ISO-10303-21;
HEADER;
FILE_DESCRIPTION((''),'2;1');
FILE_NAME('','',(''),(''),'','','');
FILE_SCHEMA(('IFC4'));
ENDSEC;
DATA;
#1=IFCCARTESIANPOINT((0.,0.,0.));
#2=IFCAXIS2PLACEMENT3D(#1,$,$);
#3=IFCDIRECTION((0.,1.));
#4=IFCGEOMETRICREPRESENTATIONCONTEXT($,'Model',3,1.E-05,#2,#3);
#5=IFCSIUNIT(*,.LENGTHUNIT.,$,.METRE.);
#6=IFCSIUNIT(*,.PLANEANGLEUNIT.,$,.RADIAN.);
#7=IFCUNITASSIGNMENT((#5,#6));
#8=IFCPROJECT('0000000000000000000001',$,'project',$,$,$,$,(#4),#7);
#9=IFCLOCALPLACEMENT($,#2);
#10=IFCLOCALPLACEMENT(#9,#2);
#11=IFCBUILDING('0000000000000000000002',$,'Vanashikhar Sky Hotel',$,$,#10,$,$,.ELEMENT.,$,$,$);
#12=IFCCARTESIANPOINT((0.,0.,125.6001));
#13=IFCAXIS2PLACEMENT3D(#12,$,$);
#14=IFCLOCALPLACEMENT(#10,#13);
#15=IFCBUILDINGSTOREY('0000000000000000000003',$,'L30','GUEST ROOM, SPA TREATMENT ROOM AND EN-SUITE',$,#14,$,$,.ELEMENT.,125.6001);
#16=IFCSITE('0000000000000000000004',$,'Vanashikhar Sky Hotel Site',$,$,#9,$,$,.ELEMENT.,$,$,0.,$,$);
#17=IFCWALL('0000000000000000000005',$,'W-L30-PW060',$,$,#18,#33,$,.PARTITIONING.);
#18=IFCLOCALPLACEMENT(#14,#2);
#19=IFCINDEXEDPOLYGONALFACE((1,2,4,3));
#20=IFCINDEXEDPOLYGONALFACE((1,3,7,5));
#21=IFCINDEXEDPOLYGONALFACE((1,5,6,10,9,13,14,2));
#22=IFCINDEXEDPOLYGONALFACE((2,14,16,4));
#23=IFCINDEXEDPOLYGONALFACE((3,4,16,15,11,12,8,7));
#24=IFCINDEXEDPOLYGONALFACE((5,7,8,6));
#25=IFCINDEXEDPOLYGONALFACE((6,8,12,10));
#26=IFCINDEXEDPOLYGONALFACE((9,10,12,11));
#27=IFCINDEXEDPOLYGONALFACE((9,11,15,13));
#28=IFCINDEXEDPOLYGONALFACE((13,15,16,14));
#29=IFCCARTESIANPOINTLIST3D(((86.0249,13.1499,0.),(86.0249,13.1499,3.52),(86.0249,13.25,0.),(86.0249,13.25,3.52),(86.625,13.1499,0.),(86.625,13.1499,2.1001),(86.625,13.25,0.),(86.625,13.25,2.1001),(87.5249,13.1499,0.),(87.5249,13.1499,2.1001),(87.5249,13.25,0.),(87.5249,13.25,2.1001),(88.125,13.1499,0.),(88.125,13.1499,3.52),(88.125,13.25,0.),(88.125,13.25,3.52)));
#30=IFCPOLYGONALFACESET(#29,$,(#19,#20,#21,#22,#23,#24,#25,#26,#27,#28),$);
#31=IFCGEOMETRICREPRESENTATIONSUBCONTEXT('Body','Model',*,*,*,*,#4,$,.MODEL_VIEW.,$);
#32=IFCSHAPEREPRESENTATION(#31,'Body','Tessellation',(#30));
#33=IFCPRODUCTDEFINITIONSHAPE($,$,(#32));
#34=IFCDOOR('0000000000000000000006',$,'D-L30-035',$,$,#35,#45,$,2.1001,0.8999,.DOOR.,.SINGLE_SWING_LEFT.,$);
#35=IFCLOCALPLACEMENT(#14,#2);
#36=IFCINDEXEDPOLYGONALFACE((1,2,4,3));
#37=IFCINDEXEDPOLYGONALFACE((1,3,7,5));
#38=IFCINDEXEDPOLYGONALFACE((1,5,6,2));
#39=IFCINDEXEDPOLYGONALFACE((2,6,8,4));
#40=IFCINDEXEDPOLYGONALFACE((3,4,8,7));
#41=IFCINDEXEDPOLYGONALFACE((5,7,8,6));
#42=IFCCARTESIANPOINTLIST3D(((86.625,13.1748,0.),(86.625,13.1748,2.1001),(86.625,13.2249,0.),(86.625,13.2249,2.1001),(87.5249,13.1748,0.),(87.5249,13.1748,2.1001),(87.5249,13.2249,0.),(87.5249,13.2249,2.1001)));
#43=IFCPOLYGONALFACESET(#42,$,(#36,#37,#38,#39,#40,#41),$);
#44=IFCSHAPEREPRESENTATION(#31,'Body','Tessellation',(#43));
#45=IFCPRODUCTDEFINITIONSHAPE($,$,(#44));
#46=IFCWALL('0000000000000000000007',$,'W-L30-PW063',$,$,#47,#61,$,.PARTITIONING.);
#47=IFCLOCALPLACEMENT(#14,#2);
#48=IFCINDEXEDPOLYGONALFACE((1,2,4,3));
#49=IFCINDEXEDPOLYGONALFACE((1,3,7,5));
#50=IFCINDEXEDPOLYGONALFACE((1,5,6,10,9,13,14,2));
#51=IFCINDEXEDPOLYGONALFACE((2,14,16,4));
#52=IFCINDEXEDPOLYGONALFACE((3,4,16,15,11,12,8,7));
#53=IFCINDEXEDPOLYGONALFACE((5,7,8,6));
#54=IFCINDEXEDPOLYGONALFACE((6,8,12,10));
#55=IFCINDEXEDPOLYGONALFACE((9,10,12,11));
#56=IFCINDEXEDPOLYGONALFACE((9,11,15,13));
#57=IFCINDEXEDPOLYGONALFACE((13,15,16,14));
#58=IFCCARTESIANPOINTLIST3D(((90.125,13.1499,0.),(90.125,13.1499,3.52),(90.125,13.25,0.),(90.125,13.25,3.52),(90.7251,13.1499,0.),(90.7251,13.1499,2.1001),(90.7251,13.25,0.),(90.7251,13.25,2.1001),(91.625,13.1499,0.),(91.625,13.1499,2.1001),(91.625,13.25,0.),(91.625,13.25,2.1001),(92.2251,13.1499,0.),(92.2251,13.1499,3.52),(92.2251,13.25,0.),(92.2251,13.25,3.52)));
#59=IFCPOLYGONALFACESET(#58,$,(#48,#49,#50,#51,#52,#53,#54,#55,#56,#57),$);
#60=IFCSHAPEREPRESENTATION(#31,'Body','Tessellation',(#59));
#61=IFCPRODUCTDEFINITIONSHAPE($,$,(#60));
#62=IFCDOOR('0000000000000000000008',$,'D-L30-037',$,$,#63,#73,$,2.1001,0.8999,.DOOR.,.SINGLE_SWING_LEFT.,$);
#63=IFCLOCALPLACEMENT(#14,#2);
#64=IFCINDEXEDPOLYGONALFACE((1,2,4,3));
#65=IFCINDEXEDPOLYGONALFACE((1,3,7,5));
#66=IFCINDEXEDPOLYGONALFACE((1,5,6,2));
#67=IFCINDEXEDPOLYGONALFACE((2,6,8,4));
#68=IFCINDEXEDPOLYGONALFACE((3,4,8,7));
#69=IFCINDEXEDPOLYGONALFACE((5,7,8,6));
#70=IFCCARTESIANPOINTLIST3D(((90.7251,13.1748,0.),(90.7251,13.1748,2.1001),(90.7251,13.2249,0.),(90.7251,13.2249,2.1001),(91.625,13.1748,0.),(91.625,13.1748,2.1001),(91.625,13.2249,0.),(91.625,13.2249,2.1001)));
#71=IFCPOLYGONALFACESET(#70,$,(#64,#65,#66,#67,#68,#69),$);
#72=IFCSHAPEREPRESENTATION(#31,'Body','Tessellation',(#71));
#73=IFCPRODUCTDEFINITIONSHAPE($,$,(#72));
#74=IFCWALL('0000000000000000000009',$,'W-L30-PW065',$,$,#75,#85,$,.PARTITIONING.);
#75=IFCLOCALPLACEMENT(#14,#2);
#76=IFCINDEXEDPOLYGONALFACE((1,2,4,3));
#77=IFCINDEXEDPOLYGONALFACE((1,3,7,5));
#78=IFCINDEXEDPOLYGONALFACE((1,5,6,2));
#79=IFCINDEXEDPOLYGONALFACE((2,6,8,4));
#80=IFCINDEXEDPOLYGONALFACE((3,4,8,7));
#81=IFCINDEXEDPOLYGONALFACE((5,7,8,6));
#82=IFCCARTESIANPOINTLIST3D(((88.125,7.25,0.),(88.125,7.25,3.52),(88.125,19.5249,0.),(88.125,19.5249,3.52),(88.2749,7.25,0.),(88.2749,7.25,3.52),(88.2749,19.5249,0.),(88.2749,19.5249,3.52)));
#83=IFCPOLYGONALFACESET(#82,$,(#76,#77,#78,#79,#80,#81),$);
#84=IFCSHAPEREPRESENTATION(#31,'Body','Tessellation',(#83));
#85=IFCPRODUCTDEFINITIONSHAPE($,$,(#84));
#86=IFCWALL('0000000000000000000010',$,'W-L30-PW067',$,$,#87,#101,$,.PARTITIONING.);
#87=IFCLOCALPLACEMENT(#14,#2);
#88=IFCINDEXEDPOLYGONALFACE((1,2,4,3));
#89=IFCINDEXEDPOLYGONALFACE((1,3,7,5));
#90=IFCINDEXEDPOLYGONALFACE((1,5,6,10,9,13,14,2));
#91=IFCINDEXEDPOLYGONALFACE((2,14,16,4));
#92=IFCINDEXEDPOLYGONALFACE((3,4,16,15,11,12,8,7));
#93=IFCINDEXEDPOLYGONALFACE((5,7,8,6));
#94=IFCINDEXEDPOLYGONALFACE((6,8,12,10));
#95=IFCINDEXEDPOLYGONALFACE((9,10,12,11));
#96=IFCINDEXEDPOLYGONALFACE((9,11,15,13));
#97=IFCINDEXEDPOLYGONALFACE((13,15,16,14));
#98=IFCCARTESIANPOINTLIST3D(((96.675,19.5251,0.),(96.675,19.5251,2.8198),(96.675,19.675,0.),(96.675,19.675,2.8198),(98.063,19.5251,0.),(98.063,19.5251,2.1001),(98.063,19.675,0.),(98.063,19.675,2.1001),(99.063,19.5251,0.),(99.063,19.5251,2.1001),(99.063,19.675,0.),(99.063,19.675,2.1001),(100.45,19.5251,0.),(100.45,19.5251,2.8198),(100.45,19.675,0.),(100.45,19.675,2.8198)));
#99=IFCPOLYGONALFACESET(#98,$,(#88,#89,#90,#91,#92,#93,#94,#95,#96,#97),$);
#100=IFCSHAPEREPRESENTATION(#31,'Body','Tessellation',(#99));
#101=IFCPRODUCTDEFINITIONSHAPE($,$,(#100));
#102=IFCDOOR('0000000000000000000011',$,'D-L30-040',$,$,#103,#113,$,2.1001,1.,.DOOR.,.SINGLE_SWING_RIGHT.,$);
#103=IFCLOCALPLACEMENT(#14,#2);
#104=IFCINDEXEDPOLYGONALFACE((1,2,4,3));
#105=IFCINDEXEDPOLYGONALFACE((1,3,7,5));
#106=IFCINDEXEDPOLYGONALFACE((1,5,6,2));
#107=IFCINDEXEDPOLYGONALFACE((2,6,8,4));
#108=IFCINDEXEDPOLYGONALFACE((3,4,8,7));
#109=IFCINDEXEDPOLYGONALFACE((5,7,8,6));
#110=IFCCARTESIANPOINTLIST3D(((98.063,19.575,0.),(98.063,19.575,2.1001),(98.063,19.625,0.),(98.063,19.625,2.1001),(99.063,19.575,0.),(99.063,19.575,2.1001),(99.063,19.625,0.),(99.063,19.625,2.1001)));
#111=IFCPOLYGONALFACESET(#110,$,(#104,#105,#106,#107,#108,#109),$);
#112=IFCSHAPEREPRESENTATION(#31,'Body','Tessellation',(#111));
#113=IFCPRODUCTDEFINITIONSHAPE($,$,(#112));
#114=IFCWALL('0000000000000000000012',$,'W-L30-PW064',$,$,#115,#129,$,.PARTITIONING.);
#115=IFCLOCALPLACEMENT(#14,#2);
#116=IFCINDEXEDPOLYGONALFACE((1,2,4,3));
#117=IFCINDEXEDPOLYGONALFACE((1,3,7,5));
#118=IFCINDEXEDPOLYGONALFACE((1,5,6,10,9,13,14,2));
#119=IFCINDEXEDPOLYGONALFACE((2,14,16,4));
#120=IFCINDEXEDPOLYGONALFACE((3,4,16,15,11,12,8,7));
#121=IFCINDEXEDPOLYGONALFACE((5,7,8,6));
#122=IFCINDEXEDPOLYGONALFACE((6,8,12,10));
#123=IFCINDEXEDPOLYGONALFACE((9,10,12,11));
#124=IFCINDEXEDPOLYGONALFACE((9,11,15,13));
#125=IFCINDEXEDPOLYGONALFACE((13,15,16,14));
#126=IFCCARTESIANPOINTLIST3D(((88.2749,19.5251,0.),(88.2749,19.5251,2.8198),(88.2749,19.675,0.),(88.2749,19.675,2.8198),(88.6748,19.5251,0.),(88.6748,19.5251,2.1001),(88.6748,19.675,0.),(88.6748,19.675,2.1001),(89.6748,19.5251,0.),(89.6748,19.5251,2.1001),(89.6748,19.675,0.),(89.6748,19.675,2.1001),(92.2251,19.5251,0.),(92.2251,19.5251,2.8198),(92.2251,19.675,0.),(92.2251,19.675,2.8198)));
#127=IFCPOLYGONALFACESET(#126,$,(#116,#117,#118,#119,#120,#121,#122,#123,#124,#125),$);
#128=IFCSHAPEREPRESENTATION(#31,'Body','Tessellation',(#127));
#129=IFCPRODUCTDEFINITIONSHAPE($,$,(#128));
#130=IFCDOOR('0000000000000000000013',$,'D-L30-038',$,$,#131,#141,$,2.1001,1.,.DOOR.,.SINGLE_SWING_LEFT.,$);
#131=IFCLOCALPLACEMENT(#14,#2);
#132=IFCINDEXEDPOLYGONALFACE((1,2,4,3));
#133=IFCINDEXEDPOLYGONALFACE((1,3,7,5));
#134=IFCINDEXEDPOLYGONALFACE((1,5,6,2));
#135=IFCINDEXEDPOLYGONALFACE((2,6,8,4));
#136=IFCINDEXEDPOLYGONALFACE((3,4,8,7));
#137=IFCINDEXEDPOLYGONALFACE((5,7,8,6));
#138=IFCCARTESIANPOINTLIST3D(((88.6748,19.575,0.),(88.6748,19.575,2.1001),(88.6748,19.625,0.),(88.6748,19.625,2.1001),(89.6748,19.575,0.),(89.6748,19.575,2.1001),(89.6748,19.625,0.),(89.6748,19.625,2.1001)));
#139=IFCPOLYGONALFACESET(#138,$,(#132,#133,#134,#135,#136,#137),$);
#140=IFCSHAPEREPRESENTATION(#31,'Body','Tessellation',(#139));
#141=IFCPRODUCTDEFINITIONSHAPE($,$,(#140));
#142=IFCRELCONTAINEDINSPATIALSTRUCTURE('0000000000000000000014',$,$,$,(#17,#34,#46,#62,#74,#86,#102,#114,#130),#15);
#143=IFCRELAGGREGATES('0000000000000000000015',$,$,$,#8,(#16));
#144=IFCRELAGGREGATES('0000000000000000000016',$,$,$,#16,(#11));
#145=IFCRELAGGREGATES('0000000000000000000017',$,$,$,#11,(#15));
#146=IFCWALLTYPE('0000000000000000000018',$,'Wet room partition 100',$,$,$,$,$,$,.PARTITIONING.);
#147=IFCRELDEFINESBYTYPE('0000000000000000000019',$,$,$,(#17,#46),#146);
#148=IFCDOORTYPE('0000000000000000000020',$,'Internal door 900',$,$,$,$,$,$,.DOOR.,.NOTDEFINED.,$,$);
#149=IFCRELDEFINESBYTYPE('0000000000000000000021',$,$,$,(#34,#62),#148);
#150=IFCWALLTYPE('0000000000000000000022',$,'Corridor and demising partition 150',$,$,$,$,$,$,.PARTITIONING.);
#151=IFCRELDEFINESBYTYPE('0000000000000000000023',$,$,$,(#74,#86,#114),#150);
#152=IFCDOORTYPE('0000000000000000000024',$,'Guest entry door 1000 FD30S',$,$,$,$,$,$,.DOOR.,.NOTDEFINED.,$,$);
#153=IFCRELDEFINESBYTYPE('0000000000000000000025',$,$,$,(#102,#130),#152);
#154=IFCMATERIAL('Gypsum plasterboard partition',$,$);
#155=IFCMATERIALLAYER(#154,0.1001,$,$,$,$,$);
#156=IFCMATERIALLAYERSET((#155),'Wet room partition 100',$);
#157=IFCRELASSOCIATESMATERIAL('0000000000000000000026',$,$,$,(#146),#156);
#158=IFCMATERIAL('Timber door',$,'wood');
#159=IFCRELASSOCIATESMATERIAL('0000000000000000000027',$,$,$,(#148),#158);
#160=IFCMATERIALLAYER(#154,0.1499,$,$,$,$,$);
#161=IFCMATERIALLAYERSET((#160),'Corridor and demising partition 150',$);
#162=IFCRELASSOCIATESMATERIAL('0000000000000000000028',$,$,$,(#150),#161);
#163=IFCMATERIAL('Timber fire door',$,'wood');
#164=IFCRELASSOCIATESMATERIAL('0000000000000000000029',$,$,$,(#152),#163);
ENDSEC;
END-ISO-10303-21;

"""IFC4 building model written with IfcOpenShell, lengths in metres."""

from ifc_helpers import new_model, si_unit, direction, frame, frame_2d, origin, place, context, subcontext, project, spatial, rectangle, extrude, source, transform, mapped, material, layer, layer_set, type_object, element, fill, save


model = new_model("IFC4")

# Units and contexts
model_context = context("Model", 3, precision=1e-05, world=origin(), true_north=direction((0.0, 1.0)))
body_context = subcontext(model_context, "Body", "Model", "MODEL_VIEW")
ifc_project = project(units=[si_unit("LENGTHUNIT", "METRE"), si_unit("PLANEANGLEUNIT", "RADIAN")], contexts=[model_context])

# Site, building, storey
site_placement = place(None, origin())
site = spatial("IfcSite", under=ifc_project, at=site_placement, Name="Vanashikhar Sky Hotel Site", CompositionType="ELEMENT", RefElevation=0.0)
building_placement = place(site_placement, origin())
building = spatial("IfcBuilding", under=site, at=building_placement, Name="Vanashikhar Sky Hotel", CompositionType="ELEMENT")
storey_placement = place(building_placement, frame((0.0, 0.0, 125.6001)))
storey = spatial("IfcBuildingStorey", under=building, at=storey_placement, Name="L30", Description="GUEST ROOM, SPA TREATMENT ROOM AND EN-SUITE", CompositionType="ELEMENT", Elevation=125.6001)

# Shared definitions
ifc_material_1 = material(Name="Gypsum plasterboard partition")
ifc_layer_1 = layer(ifc_material_1, 0.1001)
ifc_layer_set_1 = layer_set([ifc_layer_1], Name="Wet room partition 100")
wall_type_1 = type_object("IfcWallType", Name="Wet room partition 100", PredefinedType="PARTITIONING", material=ifc_layer_set_1)

# Walls, openings, doors
shared_shape_1 = source(origin(), body_context, "Body", "SweptSolid", [
    extrude(rectangle(XDim=2.1001, YDim=0.1001, at=frame_2d((1.05, 0.0))), origin(), (0.0, 0.0, 1.0), 3.52),
])
wall_1_placement = place(storey_placement, frame((86.0249, 13.2, 0.0), z_axis=(0.0, 0.0, 1.0), x_axis=(1.0, 0.0, 0.0)))
wall_1 = element("IfcWall", 1, at=wall_1_placement, inside=storey, type_object=wall_type_1, Name="W-L30-PW060", PredefinedType="PARTITIONING", context=body_context, shape_type="MappedRepresentation", body=[
    mapped(shared_shape_1, transform((0.0, 0.0, 0.0), scale=1.0)),
])
shared_shape_2 = source(origin(), body_context, "Body", "SweptSolid", [
    extrude(rectangle(XDim=0.8999, YDim=2.1001, at=frame_2d((0.45, 1.05))), frame((0.0, 0.0601, 0.0), z_axis=(0.0, -1.0, 0.0), x_axis=(1.0, 0.0, 0.0)), (0.0, 0.0, 1.0), 0.1201),
])
opening_1_placement = place(wall_1_placement, frame((0.6001, 0.0, 0.0)))
opening_1 = element("IfcOpeningElement", 2, at=opening_1_placement, cuts=wall_1, PredefinedType="OPENING", context=body_context, shape_type="MappedRepresentation", body=[
    mapped(shared_shape_2, transform((0.0, 0.0, 0.0), scale=1.0)),
])
ifc_material_2 = material(Name="Timber door", Category="wood")
door_type_1 = type_object("IfcDoorType", Name="Internal door 900", OperationType="NOTDEFINED", PredefinedType="DOOR", material=ifc_material_2)
shared_shape_3 = source(origin(), body_context, "Body", "SweptSolid", [
    extrude(rectangle(XDim=0.8999, YDim=2.1001, at=frame_2d((0.45, 1.05))), frame((0.0, 0.0249, 0.0), z_axis=(0.0, -1.0, 0.0), x_axis=(1.0, 0.0, 0.0)), (0.0, 0.0, 1.0), 0.05),
])
door_1_placement = place(opening_1_placement, origin())
door_1 = element("IfcDoor", 3, at=door_1_placement, inside=storey, type_object=door_type_1, Name="D-L30-035", OperationType="SINGLE_SWING_LEFT", OverallHeight=2.1001, OverallWidth=0.8999, PredefinedType="DOOR", context=body_context, shape_type="MappedRepresentation", body=[
    mapped(shared_shape_3, transform((0.0, 0.0, 0.0), scale=1.0)),
])
fill(opening_1, door_1)
wall_2_placement = place(storey_placement, frame((90.125, 13.2, 0.0), z_axis=(0.0, 0.0, 1.0), x_axis=(1.0, 0.0, 0.0)))
wall_2 = element("IfcWall", 4, at=wall_2_placement, inside=storey, type_object=wall_type_1, Name="W-L30-PW063", PredefinedType="PARTITIONING", context=body_context, shape_type="MappedRepresentation", body=[
    mapped(shared_shape_1, transform((0.0, 0.0, 0.0), scale=1.0)),
])
opening_2_placement = place(wall_2_placement, frame((0.6001, 0.0, 0.0)))
opening_2 = element("IfcOpeningElement", 5, at=opening_2_placement, cuts=wall_2, PredefinedType="OPENING", context=body_context, shape_type="MappedRepresentation", body=[
    mapped(shared_shape_2, transform((0.0, 0.0, 0.0), scale=1.0)),
])
door_2_placement = place(opening_2_placement, origin())
door_2 = element("IfcDoor", 6, at=door_2_placement, inside=storey, type_object=door_type_1, Name="D-L30-037", OperationType="SINGLE_SWING_LEFT", OverallHeight=2.1001, OverallWidth=0.8999, PredefinedType="DOOR", context=body_context, shape_type="MappedRepresentation", body=[
    mapped(shared_shape_3, transform((0.0, 0.0, 0.0), scale=1.0)),
])
fill(opening_2, door_2)

# Wall
ifc_layer_2 = layer(ifc_material_1, 0.1499)
ifc_layer_set_2 = layer_set([ifc_layer_2], Name="Corridor and demising partition 150")
wall_type_2 = type_object("IfcWallType", Name="Corridor and demising partition 150", PredefinedType="PARTITIONING", material=ifc_layer_set_2)
shared_shape_4 = source(origin(), body_context, "Body", "SweptSolid", [
    extrude(rectangle(XDim=12.2749, YDim=0.1499, at=frame_2d((6.1375, 0.0))), origin(), (0.0, 0.0, 1.0), 3.52),
])
wall_3_placement = place(storey_placement, frame((88.2, 7.25, 0.0), z_axis=(0.0, 0.0, 1.0), x_axis=(0.0, 1.0, 0.0)))
element("IfcWall", 7, at=wall_3_placement, inside=storey, type_object=wall_type_2, Name="W-L30-PW065", PredefinedType="PARTITIONING", context=body_context, shape_type="MappedRepresentation", body=[
    mapped(shared_shape_4, transform((0.0, 0.0, 0.0), scale=1.0)),
])

# Walls, openings, doors
shared_shape_5 = source(origin(), body_context, "Body", "SweptSolid", [
    extrude(rectangle(XDim=3.7749, YDim=0.1499, at=frame_2d((1.8875, 0.0))), origin(), (0.0, 0.0, 1.0), 2.8198),
])
wall_4_placement = place(storey_placement, frame((96.675, 19.6001, 0.0), z_axis=(0.0, 0.0, 1.0), x_axis=(1.0, 0.0, 0.0)))
wall_4 = element("IfcWall", 8, at=wall_4_placement, inside=storey, type_object=wall_type_2, Name="W-L30-PW067", PredefinedType="PARTITIONING", context=body_context, shape_type="MappedRepresentation", body=[
    mapped(shared_shape_5, transform((0.0, 0.0, 0.0), scale=1.0)),
])
shared_shape_6 = source(origin(), body_context, "Body", "SweptSolid", [
    extrude(rectangle(XDim=1.0, YDim=2.1001, at=frame_2d((0.5, 1.05))), frame((0.0, 0.085, 0.0), z_axis=(0.0, -1.0, 0.0), x_axis=(1.0, 0.0, 0.0)), (0.0, 0.0, 1.0), 0.1699),
])
opening_3_placement = place(wall_4_placement, frame((1.3879, 0.0, 0.0)))
opening_3 = element("IfcOpeningElement", 9, at=opening_3_placement, cuts=wall_4, PredefinedType="OPENING", context=body_context, shape_type="MappedRepresentation", body=[
    mapped(shared_shape_6, transform((0.0, 0.0, 0.0), scale=1.0)),
])
ifc_material_3 = material(Name="Timber fire door", Category="wood")
door_type_2 = type_object("IfcDoorType", Name="Guest entry door 1000 FD30S", OperationType="NOTDEFINED", PredefinedType="DOOR", material=ifc_material_3)
shared_shape_7 = source(origin(), body_context, "Body", "SweptSolid", [
    extrude(rectangle(XDim=1.0, YDim=2.1001, at=frame_2d((0.5, 1.05))), frame((0.0, 0.0249, 0.0), z_axis=(0.0, -1.0, 0.0), x_axis=(1.0, 0.0, 0.0)), (0.0, 0.0, 1.0), 0.05),
])
door_3_placement = place(opening_3_placement, origin())
door_3 = element("IfcDoor", 10, at=door_3_placement, inside=storey, type_object=door_type_2, Name="D-L30-040", OperationType="SINGLE_SWING_RIGHT", OverallHeight=2.1001, OverallWidth=1.0, PredefinedType="DOOR", context=body_context, shape_type="MappedRepresentation", body=[
    mapped(shared_shape_7, transform((0.0, 0.0, 0.0), scale=1.0)),
])
fill(opening_3, door_3)
shared_shape_8 = source(origin(), body_context, "Body", "SweptSolid", [
    extrude(rectangle(XDim=3.9502, YDim=0.1499, at=frame_2d((1.9751, 0.0))), origin(), (0.0, 0.0, 1.0), 2.8198),
])
wall_5_placement = place(storey_placement, frame((88.2749, 19.6001, 0.0), z_axis=(0.0, 0.0, 1.0), x_axis=(1.0, 0.0, 0.0)))
wall_5 = element("IfcWall", 11, at=wall_5_placement, inside=storey, type_object=wall_type_2, Name="W-L30-PW064", PredefinedType="PARTITIONING", context=body_context, shape_type="MappedRepresentation", body=[
    mapped(shared_shape_8, transform((0.0, 0.0, 0.0), scale=1.0)),
])
opening_4_placement = place(wall_5_placement, frame((0.3999, 0.0, 0.0)))
opening_4 = element("IfcOpeningElement", 12, at=opening_4_placement, cuts=wall_5, PredefinedType="OPENING", context=body_context, shape_type="MappedRepresentation", body=[
    mapped(shared_shape_6, transform((0.0, 0.0, 0.0), scale=1.0)),
])
door_4_placement = place(opening_4_placement, origin())
door_4 = element("IfcDoor", 13, at=door_4_placement, inside=storey, type_object=door_type_2, Name="D-L30-038", OperationType="SINGLE_SWING_LEFT", OverallHeight=2.1001, OverallWidth=1.0, PredefinedType="DOOR", context=body_context, shape_type="MappedRepresentation", body=[
    mapped(shared_shape_7, transform((0.0, 0.0, 0.0), scale=1.0)),
])
fill(opening_4, door_4)

save(model, "model.ifc")
